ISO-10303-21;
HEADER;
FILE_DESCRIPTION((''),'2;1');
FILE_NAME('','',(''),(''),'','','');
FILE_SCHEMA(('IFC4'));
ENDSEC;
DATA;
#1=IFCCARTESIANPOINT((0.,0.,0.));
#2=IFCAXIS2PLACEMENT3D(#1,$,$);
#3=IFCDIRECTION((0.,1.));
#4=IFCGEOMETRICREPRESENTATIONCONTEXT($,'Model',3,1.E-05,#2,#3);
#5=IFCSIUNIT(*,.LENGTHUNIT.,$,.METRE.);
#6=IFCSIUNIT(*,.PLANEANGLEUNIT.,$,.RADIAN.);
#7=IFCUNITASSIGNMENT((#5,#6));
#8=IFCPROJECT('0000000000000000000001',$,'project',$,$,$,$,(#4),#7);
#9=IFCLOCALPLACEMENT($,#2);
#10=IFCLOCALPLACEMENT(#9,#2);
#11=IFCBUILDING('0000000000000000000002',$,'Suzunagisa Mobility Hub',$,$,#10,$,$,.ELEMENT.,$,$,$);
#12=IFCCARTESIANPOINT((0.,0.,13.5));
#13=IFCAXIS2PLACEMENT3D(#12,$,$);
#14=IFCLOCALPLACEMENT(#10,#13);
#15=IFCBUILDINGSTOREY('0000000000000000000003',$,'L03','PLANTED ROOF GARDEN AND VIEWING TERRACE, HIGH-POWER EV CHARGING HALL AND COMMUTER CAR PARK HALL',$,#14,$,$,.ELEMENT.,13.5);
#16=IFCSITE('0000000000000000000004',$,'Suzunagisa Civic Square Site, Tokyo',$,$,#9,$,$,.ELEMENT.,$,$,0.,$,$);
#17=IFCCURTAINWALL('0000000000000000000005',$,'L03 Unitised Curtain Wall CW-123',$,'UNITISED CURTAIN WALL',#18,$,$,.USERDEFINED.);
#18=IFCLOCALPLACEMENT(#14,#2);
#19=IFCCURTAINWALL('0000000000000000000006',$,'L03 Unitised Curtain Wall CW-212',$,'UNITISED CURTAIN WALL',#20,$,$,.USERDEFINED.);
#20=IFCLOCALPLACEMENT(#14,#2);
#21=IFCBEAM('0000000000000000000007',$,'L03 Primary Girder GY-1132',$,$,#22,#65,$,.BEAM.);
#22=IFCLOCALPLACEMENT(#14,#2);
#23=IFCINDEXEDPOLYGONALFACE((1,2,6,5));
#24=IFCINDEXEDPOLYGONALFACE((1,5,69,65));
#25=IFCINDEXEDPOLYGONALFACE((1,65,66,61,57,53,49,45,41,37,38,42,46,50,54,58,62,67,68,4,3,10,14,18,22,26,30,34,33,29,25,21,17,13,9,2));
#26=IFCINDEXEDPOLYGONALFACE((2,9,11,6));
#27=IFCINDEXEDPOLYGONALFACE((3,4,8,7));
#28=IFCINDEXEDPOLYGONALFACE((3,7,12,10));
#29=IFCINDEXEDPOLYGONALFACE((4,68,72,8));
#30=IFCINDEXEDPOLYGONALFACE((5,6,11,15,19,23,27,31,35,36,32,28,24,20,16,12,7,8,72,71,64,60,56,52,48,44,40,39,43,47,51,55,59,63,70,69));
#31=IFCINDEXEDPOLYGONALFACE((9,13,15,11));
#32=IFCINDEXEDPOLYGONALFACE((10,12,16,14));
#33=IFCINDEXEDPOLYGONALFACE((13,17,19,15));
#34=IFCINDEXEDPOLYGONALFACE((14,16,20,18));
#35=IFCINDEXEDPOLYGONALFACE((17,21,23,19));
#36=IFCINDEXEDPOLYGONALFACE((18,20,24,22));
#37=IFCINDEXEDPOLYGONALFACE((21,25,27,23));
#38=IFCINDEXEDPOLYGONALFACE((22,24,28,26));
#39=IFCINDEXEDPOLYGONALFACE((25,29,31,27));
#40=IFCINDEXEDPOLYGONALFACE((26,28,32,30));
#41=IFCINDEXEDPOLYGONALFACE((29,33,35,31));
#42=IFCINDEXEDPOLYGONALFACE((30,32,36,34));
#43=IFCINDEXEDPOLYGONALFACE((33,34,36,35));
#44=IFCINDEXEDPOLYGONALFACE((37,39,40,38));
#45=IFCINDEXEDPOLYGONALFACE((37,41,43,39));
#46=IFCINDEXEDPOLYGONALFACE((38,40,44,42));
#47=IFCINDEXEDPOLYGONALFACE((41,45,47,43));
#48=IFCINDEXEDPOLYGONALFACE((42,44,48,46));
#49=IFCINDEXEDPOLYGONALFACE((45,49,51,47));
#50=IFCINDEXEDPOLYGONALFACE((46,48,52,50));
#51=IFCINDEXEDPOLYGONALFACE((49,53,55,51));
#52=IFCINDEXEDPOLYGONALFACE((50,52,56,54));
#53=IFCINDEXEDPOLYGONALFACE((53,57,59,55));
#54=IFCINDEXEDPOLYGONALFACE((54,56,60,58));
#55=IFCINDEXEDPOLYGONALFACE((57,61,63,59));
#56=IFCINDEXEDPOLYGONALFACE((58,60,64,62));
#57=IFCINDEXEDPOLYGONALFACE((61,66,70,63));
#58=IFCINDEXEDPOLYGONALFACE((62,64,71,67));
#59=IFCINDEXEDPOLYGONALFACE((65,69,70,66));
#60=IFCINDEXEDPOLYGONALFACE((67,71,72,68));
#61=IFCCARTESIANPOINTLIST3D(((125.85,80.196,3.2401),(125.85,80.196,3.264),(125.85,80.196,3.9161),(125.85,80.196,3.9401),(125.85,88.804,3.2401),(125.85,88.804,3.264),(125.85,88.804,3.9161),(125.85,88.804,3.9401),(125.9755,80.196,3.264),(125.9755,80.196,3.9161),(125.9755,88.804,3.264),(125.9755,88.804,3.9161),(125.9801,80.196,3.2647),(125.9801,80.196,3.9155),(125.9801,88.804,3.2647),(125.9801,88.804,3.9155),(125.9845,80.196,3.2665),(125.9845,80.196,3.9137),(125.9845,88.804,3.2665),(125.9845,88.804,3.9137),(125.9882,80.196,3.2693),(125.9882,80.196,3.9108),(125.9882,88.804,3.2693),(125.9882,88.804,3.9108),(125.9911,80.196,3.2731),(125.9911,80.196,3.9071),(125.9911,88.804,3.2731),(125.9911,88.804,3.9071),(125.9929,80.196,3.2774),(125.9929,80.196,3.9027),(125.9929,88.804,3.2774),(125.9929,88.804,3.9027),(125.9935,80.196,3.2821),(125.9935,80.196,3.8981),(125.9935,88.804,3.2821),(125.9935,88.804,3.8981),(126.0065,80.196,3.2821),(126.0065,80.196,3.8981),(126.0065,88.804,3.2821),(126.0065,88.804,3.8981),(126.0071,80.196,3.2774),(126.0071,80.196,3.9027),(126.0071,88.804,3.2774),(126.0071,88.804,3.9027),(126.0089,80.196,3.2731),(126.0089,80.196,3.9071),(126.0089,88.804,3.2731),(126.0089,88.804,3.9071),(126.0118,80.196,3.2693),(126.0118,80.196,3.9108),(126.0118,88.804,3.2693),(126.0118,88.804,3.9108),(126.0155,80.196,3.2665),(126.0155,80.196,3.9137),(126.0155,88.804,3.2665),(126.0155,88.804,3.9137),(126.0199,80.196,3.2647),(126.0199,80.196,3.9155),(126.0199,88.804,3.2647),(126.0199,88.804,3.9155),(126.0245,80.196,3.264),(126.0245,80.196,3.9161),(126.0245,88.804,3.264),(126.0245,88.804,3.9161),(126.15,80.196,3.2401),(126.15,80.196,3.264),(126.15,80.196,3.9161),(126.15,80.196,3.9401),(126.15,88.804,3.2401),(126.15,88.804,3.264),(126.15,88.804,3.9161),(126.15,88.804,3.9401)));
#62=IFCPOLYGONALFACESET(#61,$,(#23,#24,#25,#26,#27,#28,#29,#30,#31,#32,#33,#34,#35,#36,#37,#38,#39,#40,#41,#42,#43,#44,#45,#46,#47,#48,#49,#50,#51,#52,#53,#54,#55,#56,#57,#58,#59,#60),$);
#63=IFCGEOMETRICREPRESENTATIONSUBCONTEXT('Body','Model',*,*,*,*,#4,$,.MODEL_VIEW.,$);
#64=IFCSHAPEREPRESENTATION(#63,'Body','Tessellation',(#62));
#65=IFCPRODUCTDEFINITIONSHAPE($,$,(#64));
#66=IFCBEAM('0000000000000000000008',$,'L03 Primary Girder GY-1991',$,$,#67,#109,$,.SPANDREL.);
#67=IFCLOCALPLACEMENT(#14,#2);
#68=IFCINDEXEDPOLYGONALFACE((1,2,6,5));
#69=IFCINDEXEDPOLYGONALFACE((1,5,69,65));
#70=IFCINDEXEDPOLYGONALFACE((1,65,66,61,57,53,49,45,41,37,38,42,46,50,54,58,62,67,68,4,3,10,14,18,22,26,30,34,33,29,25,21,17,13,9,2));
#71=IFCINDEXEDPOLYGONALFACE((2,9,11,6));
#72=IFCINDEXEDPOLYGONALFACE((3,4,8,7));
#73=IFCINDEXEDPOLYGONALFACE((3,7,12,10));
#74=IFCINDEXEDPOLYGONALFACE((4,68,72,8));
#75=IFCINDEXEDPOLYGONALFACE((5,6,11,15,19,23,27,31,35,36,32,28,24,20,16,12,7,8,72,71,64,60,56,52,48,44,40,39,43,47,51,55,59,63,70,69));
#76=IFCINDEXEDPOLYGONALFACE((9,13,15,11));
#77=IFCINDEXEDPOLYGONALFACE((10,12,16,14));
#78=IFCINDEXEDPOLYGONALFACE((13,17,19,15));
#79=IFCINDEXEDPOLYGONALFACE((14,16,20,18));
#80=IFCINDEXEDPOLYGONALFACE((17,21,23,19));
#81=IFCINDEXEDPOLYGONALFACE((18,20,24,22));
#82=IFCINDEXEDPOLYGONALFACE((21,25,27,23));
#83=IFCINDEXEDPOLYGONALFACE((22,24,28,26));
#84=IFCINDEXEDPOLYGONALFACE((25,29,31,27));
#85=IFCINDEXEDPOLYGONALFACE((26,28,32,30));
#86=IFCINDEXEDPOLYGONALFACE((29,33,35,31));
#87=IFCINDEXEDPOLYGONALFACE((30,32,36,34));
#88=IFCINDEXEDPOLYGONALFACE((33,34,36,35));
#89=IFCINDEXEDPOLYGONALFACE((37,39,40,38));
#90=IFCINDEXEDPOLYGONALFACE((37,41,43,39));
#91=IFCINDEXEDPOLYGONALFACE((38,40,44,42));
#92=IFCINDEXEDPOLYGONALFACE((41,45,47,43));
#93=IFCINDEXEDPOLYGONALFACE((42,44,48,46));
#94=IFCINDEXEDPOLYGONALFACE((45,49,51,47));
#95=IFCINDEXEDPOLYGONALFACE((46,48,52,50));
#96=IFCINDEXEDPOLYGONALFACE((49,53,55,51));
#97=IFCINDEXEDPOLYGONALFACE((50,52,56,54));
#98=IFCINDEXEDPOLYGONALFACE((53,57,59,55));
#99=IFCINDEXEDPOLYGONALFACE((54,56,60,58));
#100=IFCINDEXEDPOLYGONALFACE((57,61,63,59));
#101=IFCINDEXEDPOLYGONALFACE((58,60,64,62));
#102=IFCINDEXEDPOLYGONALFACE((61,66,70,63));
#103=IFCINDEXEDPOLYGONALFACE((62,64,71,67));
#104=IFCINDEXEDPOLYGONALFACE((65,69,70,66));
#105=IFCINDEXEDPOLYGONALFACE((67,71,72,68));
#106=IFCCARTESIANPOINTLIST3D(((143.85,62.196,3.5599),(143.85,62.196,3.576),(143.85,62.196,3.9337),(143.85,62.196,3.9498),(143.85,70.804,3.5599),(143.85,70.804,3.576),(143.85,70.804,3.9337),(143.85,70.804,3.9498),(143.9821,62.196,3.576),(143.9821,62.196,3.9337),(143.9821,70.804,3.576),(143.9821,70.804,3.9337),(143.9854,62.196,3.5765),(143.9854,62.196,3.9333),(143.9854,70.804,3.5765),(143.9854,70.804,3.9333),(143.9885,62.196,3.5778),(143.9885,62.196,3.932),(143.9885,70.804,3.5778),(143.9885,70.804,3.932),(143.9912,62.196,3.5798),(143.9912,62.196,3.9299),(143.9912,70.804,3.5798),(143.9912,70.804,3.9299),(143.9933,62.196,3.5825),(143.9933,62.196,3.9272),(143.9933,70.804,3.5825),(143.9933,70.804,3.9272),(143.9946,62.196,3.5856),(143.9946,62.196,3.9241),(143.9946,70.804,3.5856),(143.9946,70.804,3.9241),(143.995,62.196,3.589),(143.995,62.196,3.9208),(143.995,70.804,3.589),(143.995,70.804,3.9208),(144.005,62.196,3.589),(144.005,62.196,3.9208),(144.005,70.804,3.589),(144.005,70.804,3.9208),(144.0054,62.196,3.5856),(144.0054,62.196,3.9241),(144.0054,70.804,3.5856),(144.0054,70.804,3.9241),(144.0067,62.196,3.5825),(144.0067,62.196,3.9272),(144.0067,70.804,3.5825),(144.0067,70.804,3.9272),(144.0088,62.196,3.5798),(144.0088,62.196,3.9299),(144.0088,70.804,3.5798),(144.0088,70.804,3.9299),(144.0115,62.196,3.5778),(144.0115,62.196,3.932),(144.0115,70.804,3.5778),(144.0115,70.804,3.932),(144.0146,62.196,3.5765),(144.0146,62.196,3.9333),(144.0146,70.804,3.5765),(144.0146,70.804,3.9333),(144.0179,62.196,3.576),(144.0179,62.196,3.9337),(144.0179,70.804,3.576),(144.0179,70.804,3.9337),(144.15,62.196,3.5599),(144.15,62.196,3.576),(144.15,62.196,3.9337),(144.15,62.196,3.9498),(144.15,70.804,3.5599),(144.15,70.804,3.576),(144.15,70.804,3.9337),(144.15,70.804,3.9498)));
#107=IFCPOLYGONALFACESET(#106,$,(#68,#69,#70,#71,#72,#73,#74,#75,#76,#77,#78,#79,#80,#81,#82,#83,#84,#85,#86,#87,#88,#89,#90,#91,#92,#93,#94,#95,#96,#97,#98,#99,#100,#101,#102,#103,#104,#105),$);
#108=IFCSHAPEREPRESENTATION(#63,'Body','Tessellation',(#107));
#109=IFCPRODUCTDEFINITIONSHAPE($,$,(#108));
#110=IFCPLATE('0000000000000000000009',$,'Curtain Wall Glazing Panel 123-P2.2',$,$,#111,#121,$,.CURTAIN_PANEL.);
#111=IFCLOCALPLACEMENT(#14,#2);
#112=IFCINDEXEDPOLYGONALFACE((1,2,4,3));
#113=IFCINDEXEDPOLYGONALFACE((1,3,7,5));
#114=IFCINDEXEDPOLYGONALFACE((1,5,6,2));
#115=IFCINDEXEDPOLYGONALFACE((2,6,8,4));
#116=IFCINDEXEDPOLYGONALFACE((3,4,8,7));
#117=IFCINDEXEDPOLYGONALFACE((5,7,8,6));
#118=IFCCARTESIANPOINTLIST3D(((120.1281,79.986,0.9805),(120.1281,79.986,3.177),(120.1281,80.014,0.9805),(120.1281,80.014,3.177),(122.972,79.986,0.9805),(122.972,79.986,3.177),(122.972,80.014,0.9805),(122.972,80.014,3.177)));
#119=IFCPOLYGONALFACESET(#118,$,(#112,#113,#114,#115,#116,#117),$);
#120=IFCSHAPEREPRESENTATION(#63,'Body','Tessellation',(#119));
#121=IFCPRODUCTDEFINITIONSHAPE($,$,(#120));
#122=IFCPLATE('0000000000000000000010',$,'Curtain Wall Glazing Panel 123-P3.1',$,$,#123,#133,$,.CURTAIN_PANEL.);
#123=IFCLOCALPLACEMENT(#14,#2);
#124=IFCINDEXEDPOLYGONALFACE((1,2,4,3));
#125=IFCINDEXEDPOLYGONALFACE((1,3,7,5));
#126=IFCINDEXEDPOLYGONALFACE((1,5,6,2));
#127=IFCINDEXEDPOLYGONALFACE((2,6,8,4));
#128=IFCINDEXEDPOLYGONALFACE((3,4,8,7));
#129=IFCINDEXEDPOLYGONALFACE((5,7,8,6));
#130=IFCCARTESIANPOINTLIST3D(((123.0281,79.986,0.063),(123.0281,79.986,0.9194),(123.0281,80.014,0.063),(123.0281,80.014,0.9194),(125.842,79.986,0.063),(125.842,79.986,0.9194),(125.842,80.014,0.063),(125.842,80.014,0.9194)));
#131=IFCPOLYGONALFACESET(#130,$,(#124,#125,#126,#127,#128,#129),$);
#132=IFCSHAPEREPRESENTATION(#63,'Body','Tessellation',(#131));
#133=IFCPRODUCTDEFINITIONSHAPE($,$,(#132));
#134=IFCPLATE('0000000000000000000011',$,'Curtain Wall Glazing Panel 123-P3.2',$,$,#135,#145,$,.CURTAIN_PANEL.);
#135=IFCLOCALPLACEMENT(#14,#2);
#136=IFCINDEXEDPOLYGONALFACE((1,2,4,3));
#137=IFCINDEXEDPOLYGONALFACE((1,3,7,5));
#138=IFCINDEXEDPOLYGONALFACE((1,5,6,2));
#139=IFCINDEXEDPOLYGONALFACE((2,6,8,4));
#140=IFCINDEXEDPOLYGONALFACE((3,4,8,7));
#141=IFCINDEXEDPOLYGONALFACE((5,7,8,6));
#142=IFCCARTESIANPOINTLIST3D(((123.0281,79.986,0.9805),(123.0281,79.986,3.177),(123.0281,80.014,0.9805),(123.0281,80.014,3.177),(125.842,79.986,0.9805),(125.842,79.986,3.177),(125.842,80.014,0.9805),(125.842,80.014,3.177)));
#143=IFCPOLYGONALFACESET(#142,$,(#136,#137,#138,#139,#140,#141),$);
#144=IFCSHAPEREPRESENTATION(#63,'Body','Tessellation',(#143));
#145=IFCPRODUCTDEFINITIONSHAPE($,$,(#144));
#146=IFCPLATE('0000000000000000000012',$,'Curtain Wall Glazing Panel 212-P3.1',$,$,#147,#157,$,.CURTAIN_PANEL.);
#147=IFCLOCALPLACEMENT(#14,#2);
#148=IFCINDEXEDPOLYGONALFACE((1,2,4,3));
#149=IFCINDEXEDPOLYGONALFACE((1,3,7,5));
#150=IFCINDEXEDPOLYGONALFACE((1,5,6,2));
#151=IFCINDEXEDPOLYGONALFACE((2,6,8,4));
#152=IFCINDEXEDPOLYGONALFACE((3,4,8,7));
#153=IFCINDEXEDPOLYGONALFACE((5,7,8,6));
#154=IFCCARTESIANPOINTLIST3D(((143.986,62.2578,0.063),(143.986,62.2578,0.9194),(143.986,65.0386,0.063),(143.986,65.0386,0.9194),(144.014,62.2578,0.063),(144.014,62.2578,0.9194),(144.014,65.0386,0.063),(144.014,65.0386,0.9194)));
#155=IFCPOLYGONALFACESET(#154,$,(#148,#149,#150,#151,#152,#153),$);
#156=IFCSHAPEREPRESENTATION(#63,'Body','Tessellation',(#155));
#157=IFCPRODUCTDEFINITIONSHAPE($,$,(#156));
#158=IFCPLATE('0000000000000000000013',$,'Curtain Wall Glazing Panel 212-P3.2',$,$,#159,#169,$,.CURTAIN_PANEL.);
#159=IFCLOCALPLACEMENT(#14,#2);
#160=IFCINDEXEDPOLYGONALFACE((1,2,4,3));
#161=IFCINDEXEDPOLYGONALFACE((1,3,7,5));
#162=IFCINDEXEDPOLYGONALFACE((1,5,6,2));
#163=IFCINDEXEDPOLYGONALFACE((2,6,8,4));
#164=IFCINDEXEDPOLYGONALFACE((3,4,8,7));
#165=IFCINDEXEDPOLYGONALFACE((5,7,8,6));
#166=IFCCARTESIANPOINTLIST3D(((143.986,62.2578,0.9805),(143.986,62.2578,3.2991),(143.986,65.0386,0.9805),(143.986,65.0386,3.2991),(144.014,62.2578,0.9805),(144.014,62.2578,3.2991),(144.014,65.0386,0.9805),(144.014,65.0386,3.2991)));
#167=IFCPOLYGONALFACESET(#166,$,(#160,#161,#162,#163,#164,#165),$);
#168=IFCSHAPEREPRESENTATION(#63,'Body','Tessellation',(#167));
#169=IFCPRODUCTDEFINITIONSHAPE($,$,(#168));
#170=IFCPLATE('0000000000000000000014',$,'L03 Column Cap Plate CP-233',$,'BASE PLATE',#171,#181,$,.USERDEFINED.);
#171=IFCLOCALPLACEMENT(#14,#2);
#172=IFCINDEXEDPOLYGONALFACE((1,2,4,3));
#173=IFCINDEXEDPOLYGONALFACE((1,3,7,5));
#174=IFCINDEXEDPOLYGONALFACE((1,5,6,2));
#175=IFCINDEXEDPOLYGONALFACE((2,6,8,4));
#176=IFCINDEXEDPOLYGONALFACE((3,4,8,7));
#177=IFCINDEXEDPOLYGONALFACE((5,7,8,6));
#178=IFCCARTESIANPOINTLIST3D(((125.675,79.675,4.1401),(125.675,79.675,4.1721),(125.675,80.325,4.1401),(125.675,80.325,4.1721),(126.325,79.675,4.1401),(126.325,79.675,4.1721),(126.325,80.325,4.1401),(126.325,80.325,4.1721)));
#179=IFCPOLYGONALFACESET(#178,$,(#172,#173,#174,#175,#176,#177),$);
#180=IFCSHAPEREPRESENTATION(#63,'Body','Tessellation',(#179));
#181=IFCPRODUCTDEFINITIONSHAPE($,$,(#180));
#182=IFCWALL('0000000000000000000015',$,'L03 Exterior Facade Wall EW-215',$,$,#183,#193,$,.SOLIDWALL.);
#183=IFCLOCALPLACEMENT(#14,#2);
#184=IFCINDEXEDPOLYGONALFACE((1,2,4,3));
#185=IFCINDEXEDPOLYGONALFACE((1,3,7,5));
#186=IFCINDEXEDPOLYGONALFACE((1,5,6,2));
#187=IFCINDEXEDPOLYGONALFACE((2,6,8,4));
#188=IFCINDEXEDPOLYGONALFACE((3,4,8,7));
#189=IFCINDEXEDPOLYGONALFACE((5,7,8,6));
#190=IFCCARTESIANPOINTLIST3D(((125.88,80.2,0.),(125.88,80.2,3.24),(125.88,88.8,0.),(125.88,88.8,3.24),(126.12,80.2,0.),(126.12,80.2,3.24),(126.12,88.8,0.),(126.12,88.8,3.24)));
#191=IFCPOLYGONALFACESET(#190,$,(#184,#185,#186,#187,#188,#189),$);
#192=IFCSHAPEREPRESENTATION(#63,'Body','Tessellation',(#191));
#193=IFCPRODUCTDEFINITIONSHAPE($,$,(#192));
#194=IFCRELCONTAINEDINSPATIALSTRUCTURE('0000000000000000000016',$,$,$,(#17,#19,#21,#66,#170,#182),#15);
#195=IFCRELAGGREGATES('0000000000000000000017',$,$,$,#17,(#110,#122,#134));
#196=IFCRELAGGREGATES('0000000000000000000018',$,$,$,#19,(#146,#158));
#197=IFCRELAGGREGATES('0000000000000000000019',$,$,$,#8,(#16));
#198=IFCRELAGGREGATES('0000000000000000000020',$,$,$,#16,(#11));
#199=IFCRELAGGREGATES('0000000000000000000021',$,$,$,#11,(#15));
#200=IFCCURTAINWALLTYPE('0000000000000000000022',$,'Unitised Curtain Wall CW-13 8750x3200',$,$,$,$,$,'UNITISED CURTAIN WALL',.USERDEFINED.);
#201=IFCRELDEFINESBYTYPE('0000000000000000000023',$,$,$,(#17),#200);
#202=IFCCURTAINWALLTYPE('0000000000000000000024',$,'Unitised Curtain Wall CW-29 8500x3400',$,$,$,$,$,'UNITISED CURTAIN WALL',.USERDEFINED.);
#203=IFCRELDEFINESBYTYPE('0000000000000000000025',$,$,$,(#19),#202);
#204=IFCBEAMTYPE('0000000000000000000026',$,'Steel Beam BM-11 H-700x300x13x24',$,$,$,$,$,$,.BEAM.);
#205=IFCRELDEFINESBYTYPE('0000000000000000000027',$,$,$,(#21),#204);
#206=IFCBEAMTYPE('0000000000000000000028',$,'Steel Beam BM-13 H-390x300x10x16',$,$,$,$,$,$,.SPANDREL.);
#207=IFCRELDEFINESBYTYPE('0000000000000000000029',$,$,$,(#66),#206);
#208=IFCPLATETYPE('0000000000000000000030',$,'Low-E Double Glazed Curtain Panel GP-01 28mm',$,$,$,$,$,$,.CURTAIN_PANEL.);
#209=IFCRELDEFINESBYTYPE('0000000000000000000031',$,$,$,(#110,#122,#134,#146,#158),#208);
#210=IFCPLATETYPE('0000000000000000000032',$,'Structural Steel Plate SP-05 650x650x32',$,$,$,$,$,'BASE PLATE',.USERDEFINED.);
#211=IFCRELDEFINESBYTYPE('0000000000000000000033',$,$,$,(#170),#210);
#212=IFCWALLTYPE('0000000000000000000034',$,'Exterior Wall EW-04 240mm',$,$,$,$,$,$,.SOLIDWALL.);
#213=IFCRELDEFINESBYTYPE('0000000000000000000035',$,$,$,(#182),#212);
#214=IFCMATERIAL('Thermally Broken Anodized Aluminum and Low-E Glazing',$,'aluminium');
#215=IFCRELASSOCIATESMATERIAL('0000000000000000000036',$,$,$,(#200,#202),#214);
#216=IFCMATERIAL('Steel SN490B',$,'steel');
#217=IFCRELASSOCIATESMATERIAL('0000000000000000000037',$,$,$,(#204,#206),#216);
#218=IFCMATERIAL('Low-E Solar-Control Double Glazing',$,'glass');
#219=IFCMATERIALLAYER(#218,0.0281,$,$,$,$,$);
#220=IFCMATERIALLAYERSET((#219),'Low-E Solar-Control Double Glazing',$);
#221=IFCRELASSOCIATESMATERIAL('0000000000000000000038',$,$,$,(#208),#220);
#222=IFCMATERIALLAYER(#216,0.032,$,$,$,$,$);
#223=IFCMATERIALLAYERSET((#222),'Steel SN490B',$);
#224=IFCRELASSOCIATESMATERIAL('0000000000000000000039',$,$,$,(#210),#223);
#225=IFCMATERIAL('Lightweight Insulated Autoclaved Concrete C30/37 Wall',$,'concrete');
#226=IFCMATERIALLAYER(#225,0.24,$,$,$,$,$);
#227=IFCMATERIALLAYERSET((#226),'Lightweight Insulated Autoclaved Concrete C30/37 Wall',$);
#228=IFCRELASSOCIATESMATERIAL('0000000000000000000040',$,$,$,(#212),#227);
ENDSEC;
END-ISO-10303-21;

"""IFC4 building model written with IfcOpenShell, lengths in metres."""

from ifc_helpers import new_model, si_unit, direction, frame, frame_2d, origin, origin_2d, place, context, subcontext, project, spatial, rectangle, i_section, extrude, material, layer, layer_set, material_profile, profile_set, type_object, element, aggregate, save


model = new_model("IFC4")

# Units and contexts
model_context = context("Model", 3, precision=1e-05, world=origin(), true_north=direction((0.0, 1.0)))
body_context = subcontext(model_context, "Body", "Model", "MODEL_VIEW")
ifc_project = project(units=[si_unit("LENGTHUNIT", "METRE"), si_unit("PLANEANGLEUNIT", "RADIAN")], contexts=[model_context])

# Site, building, storey
site_placement = place(None, origin())
site = spatial("IfcSite", under=ifc_project, at=site_placement, Name="Suzunagisa Civic Square Site, Tokyo", CompositionType="ELEMENT", RefElevation=0.0)
building_placement = place(site_placement, origin())
building = spatial("IfcBuilding", under=site, at=building_placement, Name="Suzunagisa Mobility Hub", CompositionType="ELEMENT")
storey_placement = place(building_placement, frame((0.0, 0.0, 13.5)))
storey = spatial("IfcBuildingStorey", under=building, at=storey_placement, Name="L03", Description="PLANTED ROOF GARDEN AND VIEWING TERRACE, HIGH-POWER EV CHARGING HALL AND COMMUTER CAR PARK HALL", CompositionType="ELEMENT", Elevation=13.5)

# Shared definitions
ifc_material_1 = material(Name="Steel SN490B", Category="steel")

# Curtain walls
ifc_material_2 = material(Name="Thermally Broken Anodized Aluminum and Low-E Glazing", Category="aluminium")
curtain_wall_type_1 = type_object("IfcCurtainWallType", Name="Unitised Curtain Wall CW-13 8750x3200", ElementType="UNITISED CURTAIN WALL", PredefinedType="USERDEFINED", material=ifc_material_2)
curtain_wall_1_placement = place(storey_placement, origin())
curtain_wall_1 = element("IfcCurtainWall", 1, at=curtain_wall_1_placement, inside=storey, type_object=curtain_wall_type_1, Name="L03 Unitised Curtain Wall CW-123", ObjectType="UNITISED CURTAIN WALL", PredefinedType="USERDEFINED")
curtain_wall_type_2 = type_object("IfcCurtainWallType", Name="Unitised Curtain Wall CW-29 8500x3400", ElementType="UNITISED CURTAIN WALL", PredefinedType="USERDEFINED", material=ifc_material_2)
curtain_wall_2_placement = place(storey_placement, origin())
curtain_wall_2 = element("IfcCurtainWall", 2, at=curtain_wall_2_placement, inside=storey, type_object=curtain_wall_type_2, Name="L03 Unitised Curtain Wall CW-212", ObjectType="UNITISED CURTAIN WALL", PredefinedType="USERDEFINED")

# Beams
ifc_material_profile_1 = material_profile(ifc_material_1, i_section(OverallWidth=0.3, OverallDepth=0.7, WebThickness=0.0129, FlangeThickness=0.0239, FilletRadius=0.0181, at=origin_2d()), Name="H-700x300x13x24")
ifc_profile_set_1 = profile_set([ifc_material_profile_1], Name="Steel SN490B")
beam_type_1 = type_object("IfcBeamType", Name="Steel Beam BM-11 H-700x300x13x24", PredefinedType="BEAM", material=ifc_profile_set_1)
beam_1_placement = place(storey_placement, frame((126.0, 80.196, 3.5901), z_axis=(0.0, 1.0, 0.0), x_axis=(-1.0, 0.0, 0.0)))
element("IfcBeam", 3, at=beam_1_placement, inside=storey, type_object=beam_type_1, Name="L03 Primary Girder GY-1132", PredefinedType="BEAM", context=body_context, shape_type="SweptSolid", body=[
    extrude(i_section(OverallWidth=0.3, OverallDepth=0.7, WebThickness=0.0129, FlangeThickness=0.0239, FilletRadius=0.0181, at=origin_2d()), origin(), (0.0, 0.0, 1.0), 8.6079),
])
ifc_material_profile_2 = material_profile(ifc_material_1, i_section(OverallWidth=0.3, OverallDepth=0.3899, WebThickness=0.01, FlangeThickness=0.0161, FilletRadius=0.0129, at=origin_2d()), Name="H-390x300x10x16")
ifc_profile_set_2 = profile_set([ifc_material_profile_2], Name="Steel SN490B")
beam_type_2 = type_object("IfcBeamType", Name="Steel Beam BM-13 H-390x300x10x16", PredefinedType="SPANDREL", material=ifc_profile_set_2)
beam_2_placement = place(storey_placement, frame((144.0, 62.196, 3.7549), z_axis=(0.0, 1.0, 0.0), x_axis=(-1.0, 0.0, 0.0)))
element("IfcBeam", 4, at=beam_2_placement, inside=storey, type_object=beam_type_2, Name="L03 Primary Girder GY-1991", PredefinedType="SPANDREL", context=body_context, shape_type="SweptSolid", body=[
    extrude(i_section(OverallWidth=0.3, OverallDepth=0.3899, WebThickness=0.01, FlangeThickness=0.0161, FilletRadius=0.0129, at=origin_2d()), origin(), (0.0, 0.0, 1.0), 8.6079),
])

# Plates
ifc_material_3 = material(Name="Low-E Solar-Control Double Glazing", Category="glass")
ifc_layer_1 = layer(ifc_material_3, 0.0281)
ifc_layer_set_1 = layer_set([ifc_layer_1], Name="Low-E Solar-Control Double Glazing")
plate_type_1 = type_object("IfcPlateType", Name="Low-E Double Glazed Curtain Panel GP-01 28mm", PredefinedType="CURTAIN_PANEL", material=ifc_layer_set_1)
plate_1_placement = place(storey_placement, frame((121.55, 80.0, 0.9805), z_axis=(0.0, 0.0, 1.0), x_axis=(1.0, 0.0, 0.0)))
plate_1 = element("IfcPlate", 5, at=plate_1_placement, type_object=plate_type_1, Name="Curtain Wall Glazing Panel 123-P2.2", PredefinedType="CURTAIN_PANEL", context=body_context, shape_type="SweptSolid", body=[
    extrude(rectangle(XDim=2.844, YDim=0.0281, at=origin_2d()), origin(), (0.0, 0.0, 1.0), 2.1965),
])
plate_2_placement = place(storey_placement, frame((124.4351, 80.0, 0.063), z_axis=(0.0, 0.0, 1.0), x_axis=(1.0, 0.0, 0.0)))
plate_2 = element("IfcPlate", 6, at=plate_2_placement, type_object=plate_type_1, Name="Curtain Wall Glazing Panel 123-P3.1", PredefinedType="CURTAIN_PANEL", context=body_context, shape_type="SweptSolid", body=[
    extrude(rectangle(XDim=2.814, YDim=0.0281, at=origin_2d()), origin(), (0.0, 0.0, 1.0), 0.8564),
])
plate_3_placement = place(storey_placement, frame((124.4351, 80.0, 0.9805), z_axis=(0.0, 0.0, 1.0), x_axis=(1.0, 0.0, 0.0)))
plate_3 = element("IfcPlate", 7, at=plate_3_placement, type_object=plate_type_1, Name="Curtain Wall Glazing Panel 123-P3.2", PredefinedType="CURTAIN_PANEL", context=body_context, shape_type="SweptSolid", body=[
    extrude(rectangle(XDim=2.814, YDim=0.0281, at=origin_2d()), origin(), (0.0, 0.0, 1.0), 2.1965),
])
aggregate(curtain_wall_1, [plate_1, plate_2, plate_3])
plate_4_placement = place(storey_placement, frame((144.0, 63.6482, 0.063), z_axis=(0.0, 0.0, 1.0), x_axis=(0.0, -1.0, 0.0)))
plate_4 = element("IfcPlate", 8, at=plate_4_placement, type_object=plate_type_1, Name="Curtain Wall Glazing Panel 212-P3.1", PredefinedType="CURTAIN_PANEL", context=body_context, shape_type="SweptSolid", body=[
    extrude(rectangle(XDim=2.7808, YDim=0.0281, at=origin_2d()), origin(), (0.0, 0.0, 1.0), 0.8564),
])
plate_5_placement = place(storey_placement, frame((144.0, 63.6482, 0.9805), z_axis=(0.0, 0.0, 1.0), x_axis=(0.0, -1.0, 0.0)))
plate_5 = element("IfcPlate", 9, at=plate_5_placement, type_object=plate_type_1, Name="Curtain Wall Glazing Panel 212-P3.2", PredefinedType="CURTAIN_PANEL", context=body_context, shape_type="SweptSolid", body=[
    extrude(rectangle(XDim=2.7808, YDim=0.0281, at=origin_2d()), origin(), (0.0, 0.0, 1.0), 2.3186),
])
aggregate(curtain_wall_2, [plate_4, plate_5])
ifc_layer_2 = layer(ifc_material_1, 0.032)
ifc_layer_set_2 = layer_set([ifc_layer_2], Name="Steel SN490B")
plate_type_2 = type_object("IfcPlateType", Name="Structural Steel Plate SP-05 650x650x32", ElementType="BASE PLATE", PredefinedType="USERDEFINED", material=ifc_layer_set_2)
plate_6_placement = place(storey_placement, frame((126.0, 80.0, 4.1401), z_axis=(0.0, 0.0, 1.0), x_axis=(1.0, 0.0, 0.0)))
element("IfcPlate", 10, at=plate_6_placement, inside=storey, type_object=plate_type_2, Name="L03 Column Cap Plate CP-233", ObjectType="BASE PLATE", PredefinedType="USERDEFINED", context=body_context, shape_type="SweptSolid", body=[
    extrude(rectangle(XDim=0.6499, YDim=0.6499, at=origin_2d()), origin(), (0.0, 0.0, 1.0), 0.032),
])

# Wall
ifc_material_4 = material(Name="Lightweight Insulated Autoclaved Concrete C30/37 Wall", Category="concrete")
ifc_layer_3 = layer(ifc_material_4, 0.24)
ifc_layer_set_3 = layer_set([ifc_layer_3], Name="Lightweight Insulated Autoclaved Concrete C30/37 Wall")
wall_type = type_object("IfcWallType", Name="Exterior Wall EW-04 240mm", PredefinedType="SOLIDWALL", material=ifc_layer_set_3)
wall_1_placement = place(storey_placement, frame((126.0, 80.2, 0.0), z_axis=(0.0, 0.0, 1.0), x_axis=(0.0, 1.0, 0.0)))
element("IfcWall", 11, at=wall_1_placement, inside=storey, type_object=wall_type, Name="L03 Exterior Facade Wall EW-215", PredefinedType="SOLIDWALL", context=body_context, shape_type="SweptSolid", body=[
    extrude(rectangle(XDim=8.6001, YDim=0.24, at=frame_2d((4.3, 0.0))), origin(), (0.0, 0.0, 1.0), 3.24),
])

save(model, "model.ifc")
